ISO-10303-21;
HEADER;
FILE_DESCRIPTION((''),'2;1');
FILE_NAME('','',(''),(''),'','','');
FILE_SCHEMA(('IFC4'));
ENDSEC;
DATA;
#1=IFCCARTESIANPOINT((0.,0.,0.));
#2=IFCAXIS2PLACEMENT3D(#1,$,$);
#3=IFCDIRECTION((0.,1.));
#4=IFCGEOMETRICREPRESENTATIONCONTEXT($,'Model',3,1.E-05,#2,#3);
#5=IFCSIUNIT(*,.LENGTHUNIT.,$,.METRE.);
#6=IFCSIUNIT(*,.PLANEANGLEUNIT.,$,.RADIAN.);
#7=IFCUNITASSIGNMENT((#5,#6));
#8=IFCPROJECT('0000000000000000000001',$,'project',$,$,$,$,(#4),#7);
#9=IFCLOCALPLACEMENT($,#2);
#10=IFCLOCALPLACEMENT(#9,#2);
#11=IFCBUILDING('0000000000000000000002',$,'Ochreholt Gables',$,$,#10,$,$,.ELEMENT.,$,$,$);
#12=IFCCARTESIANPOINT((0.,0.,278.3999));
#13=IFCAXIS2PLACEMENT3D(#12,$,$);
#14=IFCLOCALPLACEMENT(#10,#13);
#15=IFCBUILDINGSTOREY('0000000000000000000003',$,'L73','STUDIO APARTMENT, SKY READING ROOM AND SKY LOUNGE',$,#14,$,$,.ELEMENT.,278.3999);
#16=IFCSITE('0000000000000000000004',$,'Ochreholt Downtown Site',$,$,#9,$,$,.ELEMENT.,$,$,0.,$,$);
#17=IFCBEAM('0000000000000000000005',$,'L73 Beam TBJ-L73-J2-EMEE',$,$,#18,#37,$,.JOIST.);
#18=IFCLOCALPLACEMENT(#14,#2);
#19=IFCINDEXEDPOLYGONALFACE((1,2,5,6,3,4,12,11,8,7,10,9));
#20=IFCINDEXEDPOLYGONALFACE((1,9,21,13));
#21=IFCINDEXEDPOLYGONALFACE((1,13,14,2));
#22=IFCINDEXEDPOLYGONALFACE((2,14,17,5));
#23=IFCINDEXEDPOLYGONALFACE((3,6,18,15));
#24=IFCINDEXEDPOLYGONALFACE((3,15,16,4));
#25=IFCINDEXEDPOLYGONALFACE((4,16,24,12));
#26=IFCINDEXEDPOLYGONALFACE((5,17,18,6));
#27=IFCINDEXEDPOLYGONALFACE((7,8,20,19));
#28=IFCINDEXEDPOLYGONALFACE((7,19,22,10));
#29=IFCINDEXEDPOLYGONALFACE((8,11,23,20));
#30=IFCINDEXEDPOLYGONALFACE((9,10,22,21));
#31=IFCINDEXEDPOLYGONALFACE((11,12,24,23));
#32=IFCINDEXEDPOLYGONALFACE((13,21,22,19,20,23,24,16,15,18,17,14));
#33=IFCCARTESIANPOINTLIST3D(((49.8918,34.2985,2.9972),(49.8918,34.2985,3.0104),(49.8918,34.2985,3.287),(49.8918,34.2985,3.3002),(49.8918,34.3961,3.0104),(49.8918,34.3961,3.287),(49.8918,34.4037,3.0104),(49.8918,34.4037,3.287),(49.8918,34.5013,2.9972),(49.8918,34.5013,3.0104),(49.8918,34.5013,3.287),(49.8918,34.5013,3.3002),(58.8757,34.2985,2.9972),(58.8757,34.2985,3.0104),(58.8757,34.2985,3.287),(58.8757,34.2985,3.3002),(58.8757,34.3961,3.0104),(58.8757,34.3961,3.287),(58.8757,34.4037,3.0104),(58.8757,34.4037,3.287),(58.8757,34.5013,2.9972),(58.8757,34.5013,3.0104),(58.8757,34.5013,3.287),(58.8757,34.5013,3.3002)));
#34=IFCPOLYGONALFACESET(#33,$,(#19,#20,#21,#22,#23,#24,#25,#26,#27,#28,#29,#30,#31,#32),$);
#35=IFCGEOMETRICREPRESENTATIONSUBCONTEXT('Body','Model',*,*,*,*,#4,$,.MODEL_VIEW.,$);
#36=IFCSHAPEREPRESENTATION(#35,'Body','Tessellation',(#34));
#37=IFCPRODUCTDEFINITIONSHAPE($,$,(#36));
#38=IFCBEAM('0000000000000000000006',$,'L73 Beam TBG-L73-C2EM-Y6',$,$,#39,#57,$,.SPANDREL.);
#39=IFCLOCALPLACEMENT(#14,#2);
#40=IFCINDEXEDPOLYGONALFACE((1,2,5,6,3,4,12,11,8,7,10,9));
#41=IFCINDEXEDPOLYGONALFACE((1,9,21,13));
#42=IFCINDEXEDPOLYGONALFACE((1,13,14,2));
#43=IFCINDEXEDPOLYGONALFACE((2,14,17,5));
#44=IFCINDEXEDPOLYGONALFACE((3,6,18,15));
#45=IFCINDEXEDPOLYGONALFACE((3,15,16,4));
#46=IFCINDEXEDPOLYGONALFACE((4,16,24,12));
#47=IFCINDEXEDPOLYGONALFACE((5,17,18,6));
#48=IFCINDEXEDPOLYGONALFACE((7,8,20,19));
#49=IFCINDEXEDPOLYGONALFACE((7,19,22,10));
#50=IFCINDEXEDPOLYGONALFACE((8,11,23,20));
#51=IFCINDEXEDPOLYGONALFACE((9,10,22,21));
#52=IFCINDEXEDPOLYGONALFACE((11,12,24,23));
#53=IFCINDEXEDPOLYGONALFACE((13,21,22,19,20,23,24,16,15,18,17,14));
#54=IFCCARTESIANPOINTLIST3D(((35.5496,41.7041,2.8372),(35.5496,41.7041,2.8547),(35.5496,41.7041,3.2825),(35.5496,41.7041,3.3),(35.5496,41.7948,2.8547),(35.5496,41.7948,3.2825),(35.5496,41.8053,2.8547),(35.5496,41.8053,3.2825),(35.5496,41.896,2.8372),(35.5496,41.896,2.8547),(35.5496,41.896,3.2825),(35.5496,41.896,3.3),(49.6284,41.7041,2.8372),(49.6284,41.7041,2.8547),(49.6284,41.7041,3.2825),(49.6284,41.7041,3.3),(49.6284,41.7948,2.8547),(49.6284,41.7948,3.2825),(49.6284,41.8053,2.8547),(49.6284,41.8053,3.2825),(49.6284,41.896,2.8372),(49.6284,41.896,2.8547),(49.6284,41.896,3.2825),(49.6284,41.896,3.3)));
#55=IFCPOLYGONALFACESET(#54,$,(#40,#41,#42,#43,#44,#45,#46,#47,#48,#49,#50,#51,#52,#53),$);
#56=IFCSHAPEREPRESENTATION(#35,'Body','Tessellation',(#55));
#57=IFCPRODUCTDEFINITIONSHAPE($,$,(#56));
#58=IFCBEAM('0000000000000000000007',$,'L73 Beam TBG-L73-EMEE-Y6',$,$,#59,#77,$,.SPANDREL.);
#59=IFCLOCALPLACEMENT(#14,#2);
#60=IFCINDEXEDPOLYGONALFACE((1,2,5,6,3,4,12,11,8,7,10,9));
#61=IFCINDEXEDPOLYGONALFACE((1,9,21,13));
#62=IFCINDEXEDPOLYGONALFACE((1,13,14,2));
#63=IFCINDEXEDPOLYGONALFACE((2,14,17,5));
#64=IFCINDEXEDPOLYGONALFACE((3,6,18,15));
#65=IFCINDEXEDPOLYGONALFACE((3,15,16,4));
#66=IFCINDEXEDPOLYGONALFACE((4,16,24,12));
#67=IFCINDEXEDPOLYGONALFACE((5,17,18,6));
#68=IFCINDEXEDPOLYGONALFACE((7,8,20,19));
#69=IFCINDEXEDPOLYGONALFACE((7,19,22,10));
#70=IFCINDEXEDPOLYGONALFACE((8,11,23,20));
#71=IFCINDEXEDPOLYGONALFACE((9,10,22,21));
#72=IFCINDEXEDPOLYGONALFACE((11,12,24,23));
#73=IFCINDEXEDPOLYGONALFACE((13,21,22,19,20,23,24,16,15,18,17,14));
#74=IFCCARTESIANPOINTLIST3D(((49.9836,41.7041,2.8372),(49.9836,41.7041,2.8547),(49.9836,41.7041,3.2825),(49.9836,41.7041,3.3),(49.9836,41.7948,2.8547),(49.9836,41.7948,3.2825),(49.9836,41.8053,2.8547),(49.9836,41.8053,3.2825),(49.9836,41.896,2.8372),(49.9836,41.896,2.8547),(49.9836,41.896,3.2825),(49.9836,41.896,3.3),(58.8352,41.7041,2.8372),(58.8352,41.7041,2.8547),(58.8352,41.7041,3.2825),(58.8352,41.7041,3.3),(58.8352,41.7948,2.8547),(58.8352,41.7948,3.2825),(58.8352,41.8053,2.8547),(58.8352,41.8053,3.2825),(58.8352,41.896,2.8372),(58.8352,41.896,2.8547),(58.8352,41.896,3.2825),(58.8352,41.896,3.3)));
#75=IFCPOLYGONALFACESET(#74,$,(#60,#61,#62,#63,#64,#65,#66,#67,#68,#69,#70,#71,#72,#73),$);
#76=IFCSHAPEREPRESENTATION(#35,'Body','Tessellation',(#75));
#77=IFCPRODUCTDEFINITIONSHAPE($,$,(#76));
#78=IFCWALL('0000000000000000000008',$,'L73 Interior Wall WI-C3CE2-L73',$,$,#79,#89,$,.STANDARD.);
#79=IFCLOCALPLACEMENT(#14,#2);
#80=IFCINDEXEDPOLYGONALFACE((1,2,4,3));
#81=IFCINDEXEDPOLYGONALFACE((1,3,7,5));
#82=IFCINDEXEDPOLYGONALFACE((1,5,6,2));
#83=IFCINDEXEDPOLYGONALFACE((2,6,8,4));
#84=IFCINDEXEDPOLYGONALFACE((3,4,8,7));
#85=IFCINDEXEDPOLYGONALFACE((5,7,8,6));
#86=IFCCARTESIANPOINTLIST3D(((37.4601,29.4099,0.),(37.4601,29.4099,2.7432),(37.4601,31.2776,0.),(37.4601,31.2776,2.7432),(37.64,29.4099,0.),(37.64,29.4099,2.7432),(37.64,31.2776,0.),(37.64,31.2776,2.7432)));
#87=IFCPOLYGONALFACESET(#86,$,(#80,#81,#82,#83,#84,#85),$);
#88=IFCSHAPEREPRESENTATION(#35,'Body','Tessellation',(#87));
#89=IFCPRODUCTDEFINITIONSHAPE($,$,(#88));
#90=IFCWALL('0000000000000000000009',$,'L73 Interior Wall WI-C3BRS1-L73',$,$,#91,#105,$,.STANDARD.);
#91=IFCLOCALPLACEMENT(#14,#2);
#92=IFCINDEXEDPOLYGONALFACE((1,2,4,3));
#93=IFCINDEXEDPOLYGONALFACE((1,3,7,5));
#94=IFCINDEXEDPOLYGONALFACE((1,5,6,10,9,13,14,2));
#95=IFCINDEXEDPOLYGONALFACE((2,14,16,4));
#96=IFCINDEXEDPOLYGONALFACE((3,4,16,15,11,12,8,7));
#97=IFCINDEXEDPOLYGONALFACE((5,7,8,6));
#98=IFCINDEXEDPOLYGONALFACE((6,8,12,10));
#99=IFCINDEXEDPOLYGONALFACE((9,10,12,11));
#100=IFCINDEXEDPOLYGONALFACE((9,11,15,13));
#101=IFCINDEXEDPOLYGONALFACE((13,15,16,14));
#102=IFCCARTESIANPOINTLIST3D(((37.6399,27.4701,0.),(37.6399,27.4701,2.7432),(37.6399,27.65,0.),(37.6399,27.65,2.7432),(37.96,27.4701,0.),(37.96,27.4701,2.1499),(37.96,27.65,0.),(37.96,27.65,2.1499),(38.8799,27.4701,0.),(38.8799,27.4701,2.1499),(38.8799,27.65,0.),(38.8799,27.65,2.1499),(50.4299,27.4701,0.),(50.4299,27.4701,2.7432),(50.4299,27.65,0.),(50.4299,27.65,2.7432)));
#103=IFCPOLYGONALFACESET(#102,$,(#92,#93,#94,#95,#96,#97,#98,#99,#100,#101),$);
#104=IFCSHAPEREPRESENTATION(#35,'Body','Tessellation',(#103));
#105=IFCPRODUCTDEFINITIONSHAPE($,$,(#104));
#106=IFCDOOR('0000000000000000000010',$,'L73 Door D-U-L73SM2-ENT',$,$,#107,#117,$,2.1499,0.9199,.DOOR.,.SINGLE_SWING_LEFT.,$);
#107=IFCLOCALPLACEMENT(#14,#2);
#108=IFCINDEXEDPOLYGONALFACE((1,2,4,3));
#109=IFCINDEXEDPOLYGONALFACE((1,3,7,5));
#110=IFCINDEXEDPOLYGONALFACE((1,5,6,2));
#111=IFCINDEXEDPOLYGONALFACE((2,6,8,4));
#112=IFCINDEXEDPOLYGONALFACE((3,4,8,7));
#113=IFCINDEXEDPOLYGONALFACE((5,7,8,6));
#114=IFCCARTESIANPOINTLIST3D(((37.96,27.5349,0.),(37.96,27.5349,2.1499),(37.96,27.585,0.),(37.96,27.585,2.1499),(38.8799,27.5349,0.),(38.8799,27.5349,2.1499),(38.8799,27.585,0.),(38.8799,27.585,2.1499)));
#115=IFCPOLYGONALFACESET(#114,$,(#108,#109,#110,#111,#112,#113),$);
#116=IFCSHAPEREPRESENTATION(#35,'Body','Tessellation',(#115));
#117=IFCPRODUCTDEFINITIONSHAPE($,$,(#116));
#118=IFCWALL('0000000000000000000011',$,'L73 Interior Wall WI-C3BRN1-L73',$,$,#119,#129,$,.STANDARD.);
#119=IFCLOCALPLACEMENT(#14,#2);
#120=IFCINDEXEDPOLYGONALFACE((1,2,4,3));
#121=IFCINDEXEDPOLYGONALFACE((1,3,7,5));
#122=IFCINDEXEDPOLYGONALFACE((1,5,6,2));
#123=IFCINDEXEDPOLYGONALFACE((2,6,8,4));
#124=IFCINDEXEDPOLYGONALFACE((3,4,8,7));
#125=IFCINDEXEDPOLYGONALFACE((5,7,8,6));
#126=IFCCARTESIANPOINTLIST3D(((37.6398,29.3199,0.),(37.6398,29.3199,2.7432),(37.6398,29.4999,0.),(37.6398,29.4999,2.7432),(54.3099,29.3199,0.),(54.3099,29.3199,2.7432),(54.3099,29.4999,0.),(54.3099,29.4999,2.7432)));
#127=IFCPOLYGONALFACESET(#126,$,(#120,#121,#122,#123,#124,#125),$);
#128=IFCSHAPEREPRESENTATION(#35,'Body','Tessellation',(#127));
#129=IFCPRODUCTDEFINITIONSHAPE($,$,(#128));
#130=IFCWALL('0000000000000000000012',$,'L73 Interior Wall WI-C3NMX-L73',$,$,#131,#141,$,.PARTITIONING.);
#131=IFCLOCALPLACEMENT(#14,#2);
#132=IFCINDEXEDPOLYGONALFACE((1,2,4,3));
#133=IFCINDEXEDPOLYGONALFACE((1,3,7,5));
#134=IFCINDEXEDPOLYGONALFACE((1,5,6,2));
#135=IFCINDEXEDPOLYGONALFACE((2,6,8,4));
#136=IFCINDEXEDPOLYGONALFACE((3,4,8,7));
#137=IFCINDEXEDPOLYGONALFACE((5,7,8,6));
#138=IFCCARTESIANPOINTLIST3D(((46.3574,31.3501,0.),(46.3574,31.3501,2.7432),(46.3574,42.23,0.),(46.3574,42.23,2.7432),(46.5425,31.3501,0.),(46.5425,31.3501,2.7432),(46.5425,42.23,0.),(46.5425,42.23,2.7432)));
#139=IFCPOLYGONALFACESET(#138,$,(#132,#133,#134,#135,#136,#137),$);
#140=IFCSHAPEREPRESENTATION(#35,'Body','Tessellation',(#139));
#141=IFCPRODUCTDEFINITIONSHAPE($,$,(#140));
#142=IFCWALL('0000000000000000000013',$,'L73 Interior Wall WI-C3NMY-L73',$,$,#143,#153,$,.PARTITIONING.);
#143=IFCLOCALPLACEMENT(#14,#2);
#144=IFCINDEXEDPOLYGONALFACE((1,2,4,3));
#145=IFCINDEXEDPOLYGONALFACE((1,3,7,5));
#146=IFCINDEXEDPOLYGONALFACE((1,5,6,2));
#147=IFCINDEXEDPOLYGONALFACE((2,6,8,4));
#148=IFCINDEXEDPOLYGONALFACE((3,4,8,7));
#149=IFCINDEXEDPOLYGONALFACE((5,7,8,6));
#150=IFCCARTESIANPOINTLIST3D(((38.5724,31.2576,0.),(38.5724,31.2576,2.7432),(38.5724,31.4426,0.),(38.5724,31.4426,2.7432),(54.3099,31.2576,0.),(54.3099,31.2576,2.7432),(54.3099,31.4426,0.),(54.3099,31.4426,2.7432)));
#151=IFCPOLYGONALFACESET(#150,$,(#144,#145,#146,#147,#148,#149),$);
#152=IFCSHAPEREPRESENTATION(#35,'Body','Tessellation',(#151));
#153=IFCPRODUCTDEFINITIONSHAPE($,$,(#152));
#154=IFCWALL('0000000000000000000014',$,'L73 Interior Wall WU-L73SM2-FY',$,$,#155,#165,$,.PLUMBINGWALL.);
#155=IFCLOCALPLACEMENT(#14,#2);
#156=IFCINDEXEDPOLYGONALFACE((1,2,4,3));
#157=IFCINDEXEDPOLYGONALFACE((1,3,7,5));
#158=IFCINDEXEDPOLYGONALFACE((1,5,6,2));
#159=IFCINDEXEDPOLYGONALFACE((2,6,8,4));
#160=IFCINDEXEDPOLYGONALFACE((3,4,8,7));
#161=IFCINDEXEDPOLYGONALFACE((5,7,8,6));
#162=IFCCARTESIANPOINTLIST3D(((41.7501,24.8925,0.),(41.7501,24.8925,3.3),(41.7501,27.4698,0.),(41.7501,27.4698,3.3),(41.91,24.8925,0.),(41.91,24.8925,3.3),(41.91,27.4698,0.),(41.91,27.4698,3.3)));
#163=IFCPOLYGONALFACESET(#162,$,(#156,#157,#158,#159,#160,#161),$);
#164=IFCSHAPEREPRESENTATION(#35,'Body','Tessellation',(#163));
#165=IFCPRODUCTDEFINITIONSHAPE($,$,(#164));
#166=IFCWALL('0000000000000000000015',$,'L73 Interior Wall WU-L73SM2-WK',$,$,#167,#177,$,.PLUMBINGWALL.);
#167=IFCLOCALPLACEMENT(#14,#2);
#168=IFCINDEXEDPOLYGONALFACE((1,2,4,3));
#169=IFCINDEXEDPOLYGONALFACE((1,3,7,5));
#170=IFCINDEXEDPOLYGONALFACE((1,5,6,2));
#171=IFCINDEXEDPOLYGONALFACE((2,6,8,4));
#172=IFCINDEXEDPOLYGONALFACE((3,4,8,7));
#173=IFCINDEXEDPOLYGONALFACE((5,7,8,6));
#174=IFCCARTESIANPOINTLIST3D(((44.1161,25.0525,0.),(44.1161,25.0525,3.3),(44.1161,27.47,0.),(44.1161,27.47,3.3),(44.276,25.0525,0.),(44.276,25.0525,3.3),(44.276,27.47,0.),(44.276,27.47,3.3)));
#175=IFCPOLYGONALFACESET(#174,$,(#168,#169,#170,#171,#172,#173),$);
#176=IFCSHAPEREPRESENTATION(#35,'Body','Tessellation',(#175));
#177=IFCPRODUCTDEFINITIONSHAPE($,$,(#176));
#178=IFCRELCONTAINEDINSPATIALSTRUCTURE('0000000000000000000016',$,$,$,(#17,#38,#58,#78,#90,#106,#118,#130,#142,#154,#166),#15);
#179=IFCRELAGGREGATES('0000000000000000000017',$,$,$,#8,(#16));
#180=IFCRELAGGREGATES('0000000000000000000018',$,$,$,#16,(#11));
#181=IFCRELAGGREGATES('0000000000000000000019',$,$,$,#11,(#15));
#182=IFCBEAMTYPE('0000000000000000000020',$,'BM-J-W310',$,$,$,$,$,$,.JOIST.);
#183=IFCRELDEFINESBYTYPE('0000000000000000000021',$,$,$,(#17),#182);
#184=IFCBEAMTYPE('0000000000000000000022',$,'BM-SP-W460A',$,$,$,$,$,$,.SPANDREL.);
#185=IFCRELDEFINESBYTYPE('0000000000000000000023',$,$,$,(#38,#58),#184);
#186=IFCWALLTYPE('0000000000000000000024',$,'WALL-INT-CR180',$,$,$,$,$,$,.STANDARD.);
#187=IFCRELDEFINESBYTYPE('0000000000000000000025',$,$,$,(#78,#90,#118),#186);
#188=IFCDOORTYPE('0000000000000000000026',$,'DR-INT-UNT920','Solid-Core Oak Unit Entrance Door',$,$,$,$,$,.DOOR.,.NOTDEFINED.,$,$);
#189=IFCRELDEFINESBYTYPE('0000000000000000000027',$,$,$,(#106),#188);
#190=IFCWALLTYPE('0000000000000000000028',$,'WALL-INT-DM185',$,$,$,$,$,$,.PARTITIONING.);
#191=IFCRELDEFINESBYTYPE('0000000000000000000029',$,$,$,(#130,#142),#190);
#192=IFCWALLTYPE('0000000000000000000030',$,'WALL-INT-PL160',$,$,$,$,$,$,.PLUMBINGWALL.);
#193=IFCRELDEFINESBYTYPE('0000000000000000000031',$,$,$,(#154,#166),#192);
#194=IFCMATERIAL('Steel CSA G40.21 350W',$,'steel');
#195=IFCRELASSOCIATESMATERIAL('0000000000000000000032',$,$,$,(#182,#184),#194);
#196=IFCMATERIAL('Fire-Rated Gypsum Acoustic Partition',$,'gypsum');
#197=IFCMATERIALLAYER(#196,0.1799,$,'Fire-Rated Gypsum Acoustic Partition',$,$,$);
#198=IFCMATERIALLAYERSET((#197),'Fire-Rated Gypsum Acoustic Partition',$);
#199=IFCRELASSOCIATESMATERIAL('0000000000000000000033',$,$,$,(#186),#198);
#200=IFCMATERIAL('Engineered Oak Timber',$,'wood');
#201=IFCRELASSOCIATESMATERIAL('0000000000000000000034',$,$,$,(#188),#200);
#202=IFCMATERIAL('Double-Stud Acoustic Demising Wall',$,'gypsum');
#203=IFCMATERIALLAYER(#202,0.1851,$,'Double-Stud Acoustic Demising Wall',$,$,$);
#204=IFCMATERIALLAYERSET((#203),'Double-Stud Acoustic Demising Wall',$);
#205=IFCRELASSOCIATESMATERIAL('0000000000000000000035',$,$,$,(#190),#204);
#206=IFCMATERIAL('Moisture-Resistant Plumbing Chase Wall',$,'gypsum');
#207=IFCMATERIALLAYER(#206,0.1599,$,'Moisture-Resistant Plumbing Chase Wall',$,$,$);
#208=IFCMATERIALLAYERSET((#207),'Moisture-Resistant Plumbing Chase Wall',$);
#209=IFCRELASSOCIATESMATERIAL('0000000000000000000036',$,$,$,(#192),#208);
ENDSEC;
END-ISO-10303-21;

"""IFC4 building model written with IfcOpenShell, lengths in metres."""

from ifc_helpers import new_model, si_unit, direction, frame, frame_2d, origin, origin_2d, place, context, subcontext, project, spatial, rectangle, i_section, extrude, material, layer, layer_set, material_profile, profile_set, type_object, element, fill, save


model = new_model("IFC4")

# Units and contexts
model_context = context("Model", 3, precision=1e-05, world=origin(), true_north=direction((0.0, 1.0)))
body_context = subcontext(model_context, "Body", "Model", "MODEL_VIEW")
ifc_project = project(units=[si_unit("LENGTHUNIT", "METRE"), si_unit("PLANEANGLEUNIT", "RADIAN")], contexts=[model_context])

# Site, building, storey
site_placement = place(None, origin())
site = spatial("IfcSite", under=ifc_project, at=site_placement, Name="Ochreholt Downtown Site", CompositionType="ELEMENT", RefElevation=0.0)
building_placement = place(site_placement, origin())
building = spatial("IfcBuilding", under=site, at=building_placement, Name="Ochreholt Gables", CompositionType="ELEMENT")
storey_placement = place(building_placement, frame((0.0, 0.0, 278.3999)))
storey = spatial("IfcBuildingStorey", under=building, at=storey_placement, Name="L73", Description="STUDIO APARTMENT, SKY READING ROOM AND SKY LOUNGE", CompositionType="ELEMENT", Elevation=278.3999)

# Shared definitions
ifc_material_1 = material(Name="Steel CSA G40.21 350W", Category="steel")

# Beams
ifc_material_profile_1 = material_profile(ifc_material_1, i_section(OverallWidth=0.2029, OverallDepth=0.303, WebThickness=0.0076, FlangeThickness=0.0132, at=origin_2d()), Name="W310X60")
ifc_profile_set_1 = profile_set([ifc_material_profile_1], Name="Steel CSA G40.21 350W")
beam_type_1 = type_object("IfcBeamType", Name="BM-J-W310", PredefinedType="JOIST", material=ifc_profile_set_1)
beam_1_placement = place(storey_placement, frame((49.8918, 34.3999, 3.1487), z_axis=(1.0, 0.0, 0.0), x_axis=(0.0, 1.0, 0.0)))
element("IfcBeam", 1, at=beam_1_placement, inside=storey, type_object=beam_type_1, Name="L73 Beam TBJ-L73-J2-EMEE", PredefinedType="JOIST", context=body_context, shape_type="SweptSolid", body=[
    extrude(i_section(OverallWidth=0.2029, OverallDepth=0.303, WebThickness=0.0076, FlangeThickness=0.0132, at=origin_2d()), origin(), (0.0, 0.0, 1.0), 8.9839),
])
ifc_material_profile_2 = material_profile(ifc_material_1, i_section(OverallWidth=0.1919, OverallDepth=0.4629, WebThickness=0.0105, FlangeThickness=0.0176, at=origin_2d()), Name="W460X89")
ifc_profile_set_2 = profile_set([ifc_material_profile_2], Name="Steel CSA G40.21 350W")
beam_type_2 = type_object("IfcBeamType", Name="BM-SP-W460A", PredefinedType="SPANDREL", material=ifc_profile_set_2)
beam_2_placement = place(storey_placement, frame((35.5496, 41.8, 3.0686), z_axis=(1.0, 0.0, 0.0), x_axis=(0.0, 1.0, 0.0)))
element("IfcBeam", 2, at=beam_2_placement, inside=storey, type_object=beam_type_2, Name="L73 Beam TBG-L73-C2EM-Y6", PredefinedType="SPANDREL", context=body_context, shape_type="SweptSolid", body=[
    extrude(i_section(OverallWidth=0.1919, OverallDepth=0.4629, WebThickness=0.0105, FlangeThickness=0.0176, at=origin_2d()), origin(), (0.0, 0.0, 1.0), 14.0789),
])
beam_3_placement = place(storey_placement, frame((49.9836, 41.8, 3.0686), z_axis=(1.0, 0.0, 0.0), x_axis=(0.0, 1.0, 0.0)))
element("IfcBeam", 3, at=beam_3_placement, inside=storey, type_object=beam_type_2, Name="L73 Beam TBG-L73-EMEE-Y6", PredefinedType="SPANDREL", context=body_context, shape_type="SweptSolid", body=[
    extrude(i_section(OverallWidth=0.1919, OverallDepth=0.4629, WebThickness=0.0105, FlangeThickness=0.0176, at=origin_2d()), origin(), (0.0, 0.0, 1.0), 8.8516),
])

# Wall
ifc_material_2 = material(Name="Fire-Rated Gypsum Acoustic Partition", Category="gypsum")
ifc_layer_1 = layer(ifc_material_2, 0.1799, Name="Fire-Rated Gypsum Acoustic Partition")
ifc_layer_set_1 = layer_set([ifc_layer_1], Name="Fire-Rated Gypsum Acoustic Partition")
wall_type_1 = type_object("IfcWallType", Name="WALL-INT-CR180", PredefinedType="STANDARD", material=ifc_layer_set_1)
wall_1_placement = place(storey_placement, frame((37.55, 29.4099, 0.0), z_axis=(0.0, 0.0, 1.0), x_axis=(0.0, 1.0, 0.0)))
element("IfcWall", 4, at=wall_1_placement, inside=storey, type_object=wall_type_1, Name="L73 Interior Wall WI-C3CE2-L73", PredefinedType="STANDARD", context=body_context, shape_type="SweptSolid", body=[
    extrude(rectangle(XDim=1.8677, YDim=0.1799, at=frame_2d((0.9338, 0.0))), origin(), (0.0, 0.0, 1.0), 2.7432),
])

# Wall, opening, door
wall_2_placement = place(storey_placement, frame((37.6399, 27.5601, 0.0), z_axis=(0.0, 0.0, 1.0), x_axis=(1.0, 0.0, 0.0)))
wall_2 = element("IfcWall", 5, at=wall_2_placement, inside=storey, type_object=wall_type_1, Name="L73 Interior Wall WI-C3BRS1-L73", PredefinedType="STANDARD", context=body_context, shape_type="SweptSolid", body=[
    extrude(rectangle(XDim=12.79, YDim=0.1799, at=frame_2d((6.395, 0.0))), origin(), (0.0, 0.0, 1.0), 2.7432),
])
opening_1_placement = place(wall_2_placement, frame((0.3201, 0.0, 0.0)))
opening_1 = element("IfcOpeningElement", 6, at=opening_1_placement, cuts=wall_2, PredefinedType="OPENING", context=body_context, shape_type="SweptSolid", body=[
    extrude(rectangle(XDim=0.9199, YDim=2.1499, at=frame_2d((0.46, 1.075))), frame((0.0, 0.0999, 0.0), z_axis=(0.0, -1.0, 0.0), x_axis=(1.0, 0.0, 0.0)), (0.0, 0.0, 1.0), 0.2),
])
ifc_material_3 = material(Name="Engineered Oak Timber", Category="wood")
door_type_1 = type_object("IfcDoorType", Name="DR-INT-UNT920", Description="Solid-Core Oak Unit Entrance Door", OperationType="NOTDEFINED", PredefinedType="DOOR", material=ifc_material_3)
door_1_placement = place(opening_1_placement, origin())
door_1 = element("IfcDoor", 7, at=door_1_placement, inside=storey, type_object=door_type_1, Name="L73 Door D-U-L73SM2-ENT", OperationType="SINGLE_SWING_LEFT", OverallHeight=2.1499, OverallWidth=0.9199, PredefinedType="DOOR", context=body_context, shape_type="SweptSolid", body=[
    extrude(rectangle(XDim=0.9199, YDim=2.1499, at=frame_2d((0.46, 1.075))), frame((0.0, 0.0249, 0.0), z_axis=(0.0, -1.0, 0.0), x_axis=(1.0, 0.0, 0.0)), (0.0, 0.0, 1.0), 0.05),
])
fill(opening_1, door_1)

# Walls
wall_3_placement = place(storey_placement, frame((37.6399, 29.4099, 0.0), z_axis=(0.0, 0.0, 1.0), x_axis=(1.0, 0.0, 0.0)))
element("IfcWall", 8, at=wall_3_placement, inside=storey, type_object=wall_type_1, Name="L73 Interior Wall WI-C3BRN1-L73", PredefinedType="STANDARD", context=body_context, shape_type="SweptSolid", body=[
    extrude(rectangle(XDim=16.6702, YDim=0.1799, at=frame_2d((8.335, 0.0))), origin(), (0.0, 0.0, 1.0), 2.7432),
])
ifc_material_4 = material(Name="Double-Stud Acoustic Demising Wall", Category="gypsum")
ifc_layer_2 = layer(ifc_material_4, 0.1851, Name="Double-Stud Acoustic Demising Wall")
ifc_layer_set_2 = layer_set([ifc_layer_2], Name="Double-Stud Acoustic Demising Wall")
wall_type_2 = type_object("IfcWallType", Name="WALL-INT-DM185", PredefinedType="PARTITIONING", material=ifc_layer_set_2)
wall_4_placement = place(storey_placement, frame((46.45, 31.3501, 0.0), z_axis=(0.0, 0.0, 1.0), x_axis=(0.0, 1.0, 0.0)))
element("IfcWall", 9, at=wall_4_placement, inside=storey, type_object=wall_type_2, Name="L73 Interior Wall WI-C3NMX-L73", PredefinedType="PARTITIONING", context=body_context, shape_type="SweptSolid", body=[
    extrude(rectangle(XDim=10.8799, YDim=0.1851, at=frame_2d((5.4399, 0.0))), origin(), (0.0, 0.0, 1.0), 2.7432),
])
wall_5_placement = place(storey_placement, frame((38.5725, 31.3501, 0.0), z_axis=(0.0, 0.0, 1.0), x_axis=(1.0, 0.0, 0.0)))
element("IfcWall", 10, at=wall_5_placement, inside=storey, type_object=wall_type_2, Name="L73 Interior Wall WI-C3NMY-L73", PredefinedType="PARTITIONING", context=body_context, shape_type="SweptSolid", body=[
    extrude(rectangle(XDim=15.7375, YDim=0.1851, at=frame_2d((7.8687, 0.0))), origin(), (0.0, 0.0, 1.0), 2.7432),
])

# Shared definitions
ifc_material_5 = material(Name="Moisture-Resistant Plumbing Chase Wall", Category="gypsum")
ifc_layer_3 = layer(ifc_material_5, 0.1599, Name="Moisture-Resistant Plumbing Chase Wall")
ifc_layer_set_3 = layer_set([ifc_layer_3], Name="Moisture-Resistant Plumbing Chase Wall")
wall_type_3 = type_object("IfcWallType", Name="WALL-INT-PL160", PredefinedType="PLUMBINGWALL", material=ifc_layer_set_3)

# Walls
wall_6_placement = place(storey_placement, frame((41.8301, 24.8926, 0.0), z_axis=(0.0, 0.0, 1.0), x_axis=(0.0, 1.0, 0.0)))
element("IfcWall", 11, at=wall_6_placement, inside=storey, type_object=wall_type_3, Name="L73 Interior Wall WU-L73SM2-FY", PredefinedType="PLUMBINGWALL", context=body_context, shape_type="SweptSolid", body=[
    extrude(rectangle(XDim=2.5774, YDim=0.1599, at=frame_2d((1.2886, 0.0))), origin(), (0.0, 0.0, 1.0), 3.3),
])
wall_7_placement = place(storey_placement, frame((44.196, 25.0525, 0.0), z_axis=(0.0, 0.0, 1.0), x_axis=(0.0, 1.0, 0.0)))
element("IfcWall", 12, at=wall_7_placement, inside=storey, type_object=wall_type_3, Name="L73 Interior Wall WU-L73SM2-WK", PredefinedType="PLUMBINGWALL", context=body_context, shape_type="SweptSolid", body=[
    extrude(rectangle(XDim=2.4175, YDim=0.1599, at=frame_2d((1.2087, 0.0))), origin(), (0.0, 0.0, 1.0), 3.3),
])

save(model, "model.ifc")
